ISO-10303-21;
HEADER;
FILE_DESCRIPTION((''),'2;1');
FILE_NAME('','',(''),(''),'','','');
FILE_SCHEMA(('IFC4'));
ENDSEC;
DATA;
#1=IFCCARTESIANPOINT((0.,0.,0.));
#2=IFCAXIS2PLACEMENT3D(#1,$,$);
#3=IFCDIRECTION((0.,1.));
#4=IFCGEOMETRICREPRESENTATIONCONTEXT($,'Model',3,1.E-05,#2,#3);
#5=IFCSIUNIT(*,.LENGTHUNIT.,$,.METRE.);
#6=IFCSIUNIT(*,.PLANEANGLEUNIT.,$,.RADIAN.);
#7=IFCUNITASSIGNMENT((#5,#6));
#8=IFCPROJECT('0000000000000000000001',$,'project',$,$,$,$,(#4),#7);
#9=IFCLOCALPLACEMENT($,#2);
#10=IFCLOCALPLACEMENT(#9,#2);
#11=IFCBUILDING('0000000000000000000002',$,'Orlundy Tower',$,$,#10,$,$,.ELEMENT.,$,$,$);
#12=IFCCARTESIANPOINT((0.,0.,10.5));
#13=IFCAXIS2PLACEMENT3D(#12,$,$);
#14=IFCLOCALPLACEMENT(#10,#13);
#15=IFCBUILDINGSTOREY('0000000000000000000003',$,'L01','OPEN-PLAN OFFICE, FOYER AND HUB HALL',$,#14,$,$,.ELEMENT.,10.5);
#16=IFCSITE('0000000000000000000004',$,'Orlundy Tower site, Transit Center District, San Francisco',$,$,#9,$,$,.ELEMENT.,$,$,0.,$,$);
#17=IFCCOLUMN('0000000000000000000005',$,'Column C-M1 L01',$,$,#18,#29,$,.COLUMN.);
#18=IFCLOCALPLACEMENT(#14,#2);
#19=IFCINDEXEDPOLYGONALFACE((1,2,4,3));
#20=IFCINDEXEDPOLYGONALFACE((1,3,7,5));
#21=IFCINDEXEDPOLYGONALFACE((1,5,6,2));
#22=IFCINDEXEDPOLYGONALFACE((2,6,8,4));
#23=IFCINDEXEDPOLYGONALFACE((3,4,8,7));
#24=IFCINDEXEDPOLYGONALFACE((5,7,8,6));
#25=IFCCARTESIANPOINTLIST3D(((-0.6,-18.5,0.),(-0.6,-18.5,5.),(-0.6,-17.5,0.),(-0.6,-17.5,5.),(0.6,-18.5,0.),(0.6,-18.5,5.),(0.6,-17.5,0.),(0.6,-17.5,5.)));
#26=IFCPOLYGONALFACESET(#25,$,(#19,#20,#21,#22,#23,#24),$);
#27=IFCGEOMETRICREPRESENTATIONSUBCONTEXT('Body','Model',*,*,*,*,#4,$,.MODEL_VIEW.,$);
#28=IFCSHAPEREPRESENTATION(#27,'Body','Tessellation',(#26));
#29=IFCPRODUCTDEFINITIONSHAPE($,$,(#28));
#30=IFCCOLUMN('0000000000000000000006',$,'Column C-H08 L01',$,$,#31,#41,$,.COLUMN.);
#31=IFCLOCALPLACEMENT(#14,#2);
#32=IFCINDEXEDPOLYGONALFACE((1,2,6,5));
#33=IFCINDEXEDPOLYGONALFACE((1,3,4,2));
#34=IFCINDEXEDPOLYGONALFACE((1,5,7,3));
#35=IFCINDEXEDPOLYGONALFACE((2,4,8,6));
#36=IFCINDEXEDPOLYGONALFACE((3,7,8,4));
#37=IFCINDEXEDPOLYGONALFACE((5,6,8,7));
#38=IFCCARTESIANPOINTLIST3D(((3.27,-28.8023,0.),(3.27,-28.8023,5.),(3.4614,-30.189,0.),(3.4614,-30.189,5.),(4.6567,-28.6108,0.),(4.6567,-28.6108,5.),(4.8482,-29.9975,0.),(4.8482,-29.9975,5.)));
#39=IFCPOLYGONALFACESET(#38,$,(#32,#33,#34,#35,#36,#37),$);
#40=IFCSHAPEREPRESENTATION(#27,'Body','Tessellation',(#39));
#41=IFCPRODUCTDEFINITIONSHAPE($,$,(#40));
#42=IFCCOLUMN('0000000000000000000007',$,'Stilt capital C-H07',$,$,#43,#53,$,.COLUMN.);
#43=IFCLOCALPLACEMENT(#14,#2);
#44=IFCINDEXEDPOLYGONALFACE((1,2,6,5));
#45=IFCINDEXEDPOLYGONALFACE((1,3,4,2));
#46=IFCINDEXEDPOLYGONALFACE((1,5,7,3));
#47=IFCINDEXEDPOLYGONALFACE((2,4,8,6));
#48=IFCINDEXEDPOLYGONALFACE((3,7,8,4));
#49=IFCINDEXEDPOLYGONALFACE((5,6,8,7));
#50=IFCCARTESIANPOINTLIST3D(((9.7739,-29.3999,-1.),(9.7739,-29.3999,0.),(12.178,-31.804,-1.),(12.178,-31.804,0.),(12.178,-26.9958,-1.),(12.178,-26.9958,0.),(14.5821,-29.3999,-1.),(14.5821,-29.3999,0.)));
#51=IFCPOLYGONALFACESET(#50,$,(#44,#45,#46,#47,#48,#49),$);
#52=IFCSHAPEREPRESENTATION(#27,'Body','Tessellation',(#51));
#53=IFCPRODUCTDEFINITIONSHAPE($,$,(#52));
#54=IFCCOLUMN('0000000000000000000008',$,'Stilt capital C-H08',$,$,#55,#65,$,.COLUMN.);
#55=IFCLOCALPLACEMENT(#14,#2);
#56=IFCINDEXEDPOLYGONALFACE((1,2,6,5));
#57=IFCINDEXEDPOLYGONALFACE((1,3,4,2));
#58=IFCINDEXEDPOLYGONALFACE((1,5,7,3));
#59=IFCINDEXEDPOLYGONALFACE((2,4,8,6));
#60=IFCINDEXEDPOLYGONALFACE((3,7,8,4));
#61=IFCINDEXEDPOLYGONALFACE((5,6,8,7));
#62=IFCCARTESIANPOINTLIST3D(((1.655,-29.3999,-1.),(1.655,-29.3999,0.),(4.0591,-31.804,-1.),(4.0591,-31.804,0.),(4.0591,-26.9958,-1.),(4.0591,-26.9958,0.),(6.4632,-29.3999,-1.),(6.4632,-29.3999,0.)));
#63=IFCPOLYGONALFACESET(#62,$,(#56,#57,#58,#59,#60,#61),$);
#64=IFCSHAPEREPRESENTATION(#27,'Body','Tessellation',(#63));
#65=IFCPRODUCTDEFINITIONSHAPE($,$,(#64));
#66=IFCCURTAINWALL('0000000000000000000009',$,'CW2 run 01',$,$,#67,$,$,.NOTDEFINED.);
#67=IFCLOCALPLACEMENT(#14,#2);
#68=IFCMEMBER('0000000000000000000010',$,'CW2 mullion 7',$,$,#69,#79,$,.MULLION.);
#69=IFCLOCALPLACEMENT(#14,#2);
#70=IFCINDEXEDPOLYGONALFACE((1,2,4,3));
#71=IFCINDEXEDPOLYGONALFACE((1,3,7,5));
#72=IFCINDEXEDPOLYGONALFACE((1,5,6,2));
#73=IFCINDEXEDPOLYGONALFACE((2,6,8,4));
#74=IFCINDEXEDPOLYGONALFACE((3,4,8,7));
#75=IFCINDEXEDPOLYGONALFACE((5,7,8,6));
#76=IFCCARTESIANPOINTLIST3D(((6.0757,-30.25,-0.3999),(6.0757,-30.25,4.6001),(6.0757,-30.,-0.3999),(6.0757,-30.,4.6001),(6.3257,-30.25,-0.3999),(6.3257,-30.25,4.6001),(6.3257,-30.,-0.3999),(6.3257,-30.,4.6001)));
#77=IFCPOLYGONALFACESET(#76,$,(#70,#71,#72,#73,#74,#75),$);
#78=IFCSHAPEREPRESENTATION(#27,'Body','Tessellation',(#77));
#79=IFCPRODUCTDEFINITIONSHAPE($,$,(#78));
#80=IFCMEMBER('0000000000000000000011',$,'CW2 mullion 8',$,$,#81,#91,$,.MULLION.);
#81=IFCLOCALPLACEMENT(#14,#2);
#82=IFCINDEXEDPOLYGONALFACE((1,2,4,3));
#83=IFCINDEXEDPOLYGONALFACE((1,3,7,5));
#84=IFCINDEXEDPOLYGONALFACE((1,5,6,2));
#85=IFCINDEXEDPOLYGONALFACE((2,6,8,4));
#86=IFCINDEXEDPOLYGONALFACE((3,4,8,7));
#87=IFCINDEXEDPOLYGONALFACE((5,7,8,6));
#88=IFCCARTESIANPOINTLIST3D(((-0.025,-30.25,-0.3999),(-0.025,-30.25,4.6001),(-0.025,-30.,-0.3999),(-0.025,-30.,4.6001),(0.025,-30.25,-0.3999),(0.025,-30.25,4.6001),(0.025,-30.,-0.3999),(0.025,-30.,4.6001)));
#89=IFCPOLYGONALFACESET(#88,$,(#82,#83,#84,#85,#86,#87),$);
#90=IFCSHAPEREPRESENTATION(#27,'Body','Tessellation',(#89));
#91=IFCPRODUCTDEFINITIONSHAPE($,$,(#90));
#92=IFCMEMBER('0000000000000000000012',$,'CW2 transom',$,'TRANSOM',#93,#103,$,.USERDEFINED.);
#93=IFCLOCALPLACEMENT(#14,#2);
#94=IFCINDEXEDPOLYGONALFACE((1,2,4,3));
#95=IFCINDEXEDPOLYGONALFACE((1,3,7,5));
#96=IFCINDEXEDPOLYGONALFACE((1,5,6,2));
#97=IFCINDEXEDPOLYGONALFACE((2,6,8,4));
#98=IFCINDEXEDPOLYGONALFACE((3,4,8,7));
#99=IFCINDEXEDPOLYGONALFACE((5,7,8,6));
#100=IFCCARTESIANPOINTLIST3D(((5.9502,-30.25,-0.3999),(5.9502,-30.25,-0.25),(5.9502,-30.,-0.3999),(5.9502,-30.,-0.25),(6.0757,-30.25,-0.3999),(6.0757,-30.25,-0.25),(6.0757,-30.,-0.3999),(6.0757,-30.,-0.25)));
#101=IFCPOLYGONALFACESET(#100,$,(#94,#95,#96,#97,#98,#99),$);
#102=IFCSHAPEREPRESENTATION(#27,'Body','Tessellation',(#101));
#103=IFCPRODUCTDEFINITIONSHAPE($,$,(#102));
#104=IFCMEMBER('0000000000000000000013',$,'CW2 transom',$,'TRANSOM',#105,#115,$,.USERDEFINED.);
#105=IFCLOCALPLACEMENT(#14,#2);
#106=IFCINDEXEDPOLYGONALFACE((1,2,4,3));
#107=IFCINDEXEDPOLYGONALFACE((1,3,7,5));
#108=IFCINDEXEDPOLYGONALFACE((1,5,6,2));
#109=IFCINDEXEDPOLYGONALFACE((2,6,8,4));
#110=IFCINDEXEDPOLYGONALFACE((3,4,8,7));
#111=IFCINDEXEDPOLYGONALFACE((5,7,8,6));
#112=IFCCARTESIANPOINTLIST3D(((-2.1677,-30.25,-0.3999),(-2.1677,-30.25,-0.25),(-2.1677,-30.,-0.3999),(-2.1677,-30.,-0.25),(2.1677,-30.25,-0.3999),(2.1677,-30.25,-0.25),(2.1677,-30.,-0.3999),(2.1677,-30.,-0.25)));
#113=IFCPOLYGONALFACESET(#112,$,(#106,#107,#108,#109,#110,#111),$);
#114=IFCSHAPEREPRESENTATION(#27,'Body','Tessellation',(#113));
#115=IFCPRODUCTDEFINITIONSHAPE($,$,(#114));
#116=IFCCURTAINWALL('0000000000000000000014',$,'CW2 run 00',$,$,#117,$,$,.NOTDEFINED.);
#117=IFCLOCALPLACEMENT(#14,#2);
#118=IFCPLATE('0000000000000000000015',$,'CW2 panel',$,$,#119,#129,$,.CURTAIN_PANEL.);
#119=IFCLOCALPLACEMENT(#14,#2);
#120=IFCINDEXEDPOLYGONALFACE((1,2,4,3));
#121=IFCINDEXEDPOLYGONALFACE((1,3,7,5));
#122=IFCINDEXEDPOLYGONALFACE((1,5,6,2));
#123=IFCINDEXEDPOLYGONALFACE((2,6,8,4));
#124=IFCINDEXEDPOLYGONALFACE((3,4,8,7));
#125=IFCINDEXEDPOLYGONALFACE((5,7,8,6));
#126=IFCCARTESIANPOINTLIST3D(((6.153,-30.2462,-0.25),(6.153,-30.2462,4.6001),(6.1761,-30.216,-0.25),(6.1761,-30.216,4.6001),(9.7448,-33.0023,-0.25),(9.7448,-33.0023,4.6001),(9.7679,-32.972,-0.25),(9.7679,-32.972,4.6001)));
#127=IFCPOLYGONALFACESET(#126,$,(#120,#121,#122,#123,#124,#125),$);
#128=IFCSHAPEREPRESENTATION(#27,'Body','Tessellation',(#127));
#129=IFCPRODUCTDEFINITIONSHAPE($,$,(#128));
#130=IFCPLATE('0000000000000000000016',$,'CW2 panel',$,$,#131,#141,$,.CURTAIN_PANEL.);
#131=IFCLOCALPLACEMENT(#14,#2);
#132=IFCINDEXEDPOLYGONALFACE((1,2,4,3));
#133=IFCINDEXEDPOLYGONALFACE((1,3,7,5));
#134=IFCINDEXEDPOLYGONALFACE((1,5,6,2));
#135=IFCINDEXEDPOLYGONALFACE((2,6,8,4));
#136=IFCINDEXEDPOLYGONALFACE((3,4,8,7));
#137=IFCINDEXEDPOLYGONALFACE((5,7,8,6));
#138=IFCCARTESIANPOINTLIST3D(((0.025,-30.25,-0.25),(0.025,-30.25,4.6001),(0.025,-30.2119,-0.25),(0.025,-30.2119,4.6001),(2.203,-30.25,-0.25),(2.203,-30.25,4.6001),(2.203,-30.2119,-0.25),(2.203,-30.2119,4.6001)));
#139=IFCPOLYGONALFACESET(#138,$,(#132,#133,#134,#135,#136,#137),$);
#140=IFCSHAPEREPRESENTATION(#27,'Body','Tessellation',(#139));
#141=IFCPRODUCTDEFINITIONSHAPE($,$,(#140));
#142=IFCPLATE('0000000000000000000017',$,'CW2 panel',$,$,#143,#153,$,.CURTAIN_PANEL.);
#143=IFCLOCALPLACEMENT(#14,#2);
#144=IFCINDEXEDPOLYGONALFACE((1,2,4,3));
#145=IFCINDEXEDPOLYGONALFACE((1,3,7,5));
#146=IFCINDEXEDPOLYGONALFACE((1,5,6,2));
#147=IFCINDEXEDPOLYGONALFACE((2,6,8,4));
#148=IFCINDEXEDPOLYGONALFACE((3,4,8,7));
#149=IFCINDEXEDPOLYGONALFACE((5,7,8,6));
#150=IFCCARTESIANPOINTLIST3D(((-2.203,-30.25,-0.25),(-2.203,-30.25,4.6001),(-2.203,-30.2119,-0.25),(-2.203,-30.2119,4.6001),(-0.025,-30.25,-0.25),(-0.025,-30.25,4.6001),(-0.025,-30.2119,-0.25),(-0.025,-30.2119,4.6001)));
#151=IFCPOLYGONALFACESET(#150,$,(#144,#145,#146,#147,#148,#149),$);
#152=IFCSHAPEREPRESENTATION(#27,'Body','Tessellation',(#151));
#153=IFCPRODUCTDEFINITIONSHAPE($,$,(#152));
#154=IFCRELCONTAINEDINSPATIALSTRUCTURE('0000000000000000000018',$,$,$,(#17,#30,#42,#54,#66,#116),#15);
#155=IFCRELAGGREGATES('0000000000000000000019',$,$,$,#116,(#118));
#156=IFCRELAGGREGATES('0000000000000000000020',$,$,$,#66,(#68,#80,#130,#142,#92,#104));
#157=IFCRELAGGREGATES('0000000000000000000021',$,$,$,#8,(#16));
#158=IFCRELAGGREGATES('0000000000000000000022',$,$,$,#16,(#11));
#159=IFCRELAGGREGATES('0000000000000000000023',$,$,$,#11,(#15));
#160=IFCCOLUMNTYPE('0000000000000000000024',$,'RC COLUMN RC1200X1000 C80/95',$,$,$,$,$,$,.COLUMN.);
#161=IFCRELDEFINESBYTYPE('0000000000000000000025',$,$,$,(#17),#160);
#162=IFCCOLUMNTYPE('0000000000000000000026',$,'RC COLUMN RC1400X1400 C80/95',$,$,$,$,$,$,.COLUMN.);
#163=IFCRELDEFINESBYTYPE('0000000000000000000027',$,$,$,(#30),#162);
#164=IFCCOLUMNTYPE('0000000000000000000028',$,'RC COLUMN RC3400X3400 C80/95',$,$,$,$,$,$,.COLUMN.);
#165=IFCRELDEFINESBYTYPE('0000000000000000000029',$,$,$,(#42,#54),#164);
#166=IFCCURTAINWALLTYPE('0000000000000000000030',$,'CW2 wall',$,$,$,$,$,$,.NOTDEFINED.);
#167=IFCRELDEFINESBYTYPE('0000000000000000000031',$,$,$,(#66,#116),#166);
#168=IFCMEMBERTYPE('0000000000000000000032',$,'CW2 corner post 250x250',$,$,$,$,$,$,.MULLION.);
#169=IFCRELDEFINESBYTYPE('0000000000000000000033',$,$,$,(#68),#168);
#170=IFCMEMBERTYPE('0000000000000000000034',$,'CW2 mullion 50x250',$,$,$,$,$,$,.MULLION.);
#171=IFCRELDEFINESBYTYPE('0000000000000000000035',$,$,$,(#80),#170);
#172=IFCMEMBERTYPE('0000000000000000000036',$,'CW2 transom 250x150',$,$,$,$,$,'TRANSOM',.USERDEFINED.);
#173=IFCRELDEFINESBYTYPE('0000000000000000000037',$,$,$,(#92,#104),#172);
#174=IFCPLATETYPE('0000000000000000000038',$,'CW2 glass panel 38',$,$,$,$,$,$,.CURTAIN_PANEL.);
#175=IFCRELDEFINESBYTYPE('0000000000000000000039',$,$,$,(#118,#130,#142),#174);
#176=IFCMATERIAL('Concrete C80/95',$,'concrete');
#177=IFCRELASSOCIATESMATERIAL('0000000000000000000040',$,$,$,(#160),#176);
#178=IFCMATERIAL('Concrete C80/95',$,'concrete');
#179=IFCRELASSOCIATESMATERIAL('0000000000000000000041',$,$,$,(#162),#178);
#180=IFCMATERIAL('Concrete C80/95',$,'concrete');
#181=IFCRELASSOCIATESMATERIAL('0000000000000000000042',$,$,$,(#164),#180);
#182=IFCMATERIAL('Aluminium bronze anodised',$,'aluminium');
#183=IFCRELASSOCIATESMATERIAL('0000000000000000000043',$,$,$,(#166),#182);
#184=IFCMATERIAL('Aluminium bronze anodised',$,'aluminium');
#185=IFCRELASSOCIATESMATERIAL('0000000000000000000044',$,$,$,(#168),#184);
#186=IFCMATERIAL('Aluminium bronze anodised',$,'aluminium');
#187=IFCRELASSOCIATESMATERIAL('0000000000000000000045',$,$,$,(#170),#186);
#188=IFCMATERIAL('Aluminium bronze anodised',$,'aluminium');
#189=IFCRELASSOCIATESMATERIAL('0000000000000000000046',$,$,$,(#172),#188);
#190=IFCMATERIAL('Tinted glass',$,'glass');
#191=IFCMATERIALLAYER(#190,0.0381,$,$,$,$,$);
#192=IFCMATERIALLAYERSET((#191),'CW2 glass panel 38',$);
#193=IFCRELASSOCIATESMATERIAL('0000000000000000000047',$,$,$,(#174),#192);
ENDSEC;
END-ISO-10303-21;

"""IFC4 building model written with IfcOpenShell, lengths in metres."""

from ifc_helpers import new_model, si_unit, direction, frame, origin, origin_2d, place, context, subcontext, project, spatial, rectangle, extrude, material, layer, layer_set, material_profile, profile_set, type_object, element, aggregate, save


model = new_model("IFC4")

# Units and contexts
model_context = context("Model", 3, precision=1e-05, world=origin(), true_north=direction((0.0, 1.0)))
body_context = subcontext(model_context, "Body", "Model", "MODEL_VIEW")
ifc_project = project(units=[si_unit("LENGTHUNIT", "METRE"), si_unit("PLANEANGLEUNIT", "RADIAN")], contexts=[model_context])

# Site, building, storey
site_placement = place(None, origin())
site = spatial("IfcSite", under=ifc_project, at=site_placement, Name="Orlundy Tower site, Transit Center District, San Francisco", CompositionType="ELEMENT", RefElevation=0.0)
building_placement = place(site_placement, origin())
building = spatial("IfcBuilding", under=site, at=building_placement, Name="Orlundy Tower", CompositionType="ELEMENT")
storey_placement = place(building_placement, frame((0.0, 0.0, 10.5)))
storey = spatial("IfcBuildingStorey", under=building, at=storey_placement, Name="L01", Description="OPEN-PLAN OFFICE, FOYER AND HUB HALL", CompositionType="ELEMENT", Elevation=10.5)

# Columns
ifc_material_1 = material(Name="Concrete C80/95", Category="concrete")
ifc_material_profile_1 = material_profile(ifc_material_1, rectangle(XDim=1.2, YDim=1.0, at=origin_2d()), Name="RC1200X1000")
ifc_profile_set_1 = profile_set([ifc_material_profile_1], Name="Concrete C80/95")
column_type_1 = type_object("IfcColumnType", Name="RC COLUMN RC1200X1000 C80/95", PredefinedType="COLUMN", material=ifc_profile_set_1)
column_1_placement = place(storey_placement, frame((0.0, -18.0, 0.0), z_axis=(0.0, 0.0, 1.0), x_axis=(1.0, 0.0, 0.0)))
element("IfcColumn", 1, at=column_1_placement, inside=storey, type_object=column_type_1, Name="Column C-M1 L01", PredefinedType="COLUMN", context=body_context, shape_type="SweptSolid", body=[
    extrude(rectangle(XDim=1.2, YDim=1.0, at=origin_2d()), origin(), (0.0, 0.0, 1.0), 5.0),
])
ifc_material_2 = material(Name="Concrete C80/95", Category="concrete")
ifc_material_profile_2 = material_profile(ifc_material_2, rectangle(XDim=1.3999, YDim=1.3999, at=origin_2d()), Name="RC1400X1400")
ifc_profile_set_2 = profile_set([ifc_material_profile_2], Name="Concrete C80/95")
column_type_2 = type_object("IfcColumnType", Name="RC COLUMN RC1400X1400 C80/95", PredefinedType="COLUMN", material=ifc_profile_set_2)
column_2_placement = place(storey_placement, frame((4.0591, -29.3999, 0.0), z_axis=(0.0, 0.0, 1.0), x_axis=(0.13677, -0.990603, 0.0)))
element("IfcColumn", 2, at=column_2_placement, inside=storey, type_object=column_type_2, Name="Column C-H08 L01", PredefinedType="COLUMN", context=body_context, shape_type="SweptSolid", body=[
    extrude(rectangle(XDim=1.3999, YDim=1.3999, at=origin_2d()), origin(), (0.0, 0.0, 1.0), 5.0),
])
ifc_material_3 = material(Name="Concrete C80/95", Category="concrete")
ifc_material_profile_3 = material_profile(ifc_material_3, rectangle(XDim=3.3999, YDim=3.3999, at=origin_2d()), Name="RC3400X3400")
ifc_profile_set_3 = profile_set([ifc_material_profile_3], Name="Concrete C80/95")
column_type_3 = type_object("IfcColumnType", Name="RC COLUMN RC3400X3400 C80/95", PredefinedType="COLUMN", material=ifc_profile_set_3)
for number, where, z_axis, x_axis, name in (
    (3, (12.178, -29.3999, -1.0), (0.0, 0.0, 1.0), (0.707107, 0.707107, 0.0), "Stilt capital C-H07"),
    (4, (4.0591, -29.3999, -1.0), (0.0, 0.0, 1.0), (0.707107, 0.707107, 0.0), "Stilt capital C-H08"),
):
    element("IfcColumn", number, at=place(storey_placement, frame(where, z_axis=z_axis, x_axis=x_axis)), inside=storey, type_object=column_type_3, Name=name, PredefinedType="COLUMN", context=body_context, shape_type="SweptSolid", body=[
        extrude(rectangle(XDim=3.3999, YDim=3.3999, at=origin_2d()), origin(), (0.0, 0.0, 1.0), 1.0),
    ])

# Curtain wall, members
ifc_material_4 = material(Name="Aluminium bronze anodised", Category="aluminium")
curtain_wall_type = type_object("IfcCurtainWallType", Name="CW2 wall", PredefinedType="NOTDEFINED", material=ifc_material_4)
curtain_wall_1_placement = place(storey_placement, origin())
curtain_wall_1 = element("IfcCurtainWall", 5, at=curtain_wall_1_placement, inside=storey, type_object=curtain_wall_type, Name="CW2 run 01", PredefinedType="NOTDEFINED")
ifc_material_5 = material(Name="Aluminium bronze anodised", Category="aluminium")
ifc_material_profile_4 = material_profile(ifc_material_5, rectangle(XDim=0.25, YDim=0.25, at=origin_2d()), Name="CW2 corner post 250x250")
ifc_profile_set_4 = profile_set([ifc_material_profile_4], Name="Aluminium bronze anodised")
member_type_1 = type_object("IfcMemberType", Name="CW2 corner post 250x250", PredefinedType="MULLION", material=ifc_profile_set_4)
member_1_placement = place(storey_placement, frame((6.2007, -30.125, -0.3999), z_axis=(0.0, 0.0, 1.0), x_axis=(0.0, -1.0, 0.0)))
member_1 = element("IfcMember", 6, at=member_1_placement, type_object=member_type_1, Name="CW2 mullion 7", PredefinedType="MULLION", context=body_context, shape_type="SweptSolid", body=[
    extrude(rectangle(XDim=0.25, YDim=0.25, at=origin_2d()), origin(), (0.0, 0.0, 1.0), 5.0),
])
ifc_material_6 = material(Name="Aluminium bronze anodised", Category="aluminium")
ifc_material_profile_5 = material_profile(ifc_material_6, rectangle(XDim=0.25, YDim=0.05, at=origin_2d()), Name="CW2 mullion 50x250")
ifc_profile_set_5 = profile_set([ifc_material_profile_5], Name="Aluminium bronze anodised")
member_type_2 = type_object("IfcMemberType", Name="CW2 mullion 50x250", PredefinedType="MULLION", material=ifc_profile_set_5)
member_2_placement = place(storey_placement, frame((0.0, -30.125, -0.3999), z_axis=(0.0, 0.0, 1.0), x_axis=(0.0, -1.0, 0.0)))
member_2 = element("IfcMember", 7, at=member_2_placement, type_object=member_type_2, Name="CW2 mullion 8", PredefinedType="MULLION", context=body_context, shape_type="SweptSolid", body=[
    extrude(rectangle(XDim=0.25, YDim=0.05, at=origin_2d()), origin(), (0.0, 0.0, 1.0), 5.0),
])
ifc_material_7 = material(Name="Aluminium bronze anodised", Category="aluminium")
ifc_material_profile_6 = material_profile(ifc_material_7, rectangle(XDim=0.25, YDim=0.1499, at=origin_2d()), Name="CW2 transom 250x150")
ifc_profile_set_6 = profile_set([ifc_material_profile_6], Name="Aluminium bronze anodised")
member_type_3 = type_object("IfcMemberType", Name="CW2 transom 250x150", ElementType="TRANSOM", PredefinedType="USERDEFINED", material=ifc_profile_set_6)
member_3_placement = place(storey_placement, frame((6.0757, -30.125, -0.325), z_axis=(-1.0, 0.0, 0.0), x_axis=(0.0, -1.0, 0.0)))
member_3 = element("IfcMember", 8, at=member_3_placement, type_object=member_type_3, Name="CW2 transom", ObjectType="TRANSOM", PredefinedType="USERDEFINED", context=body_context, shape_type="SweptSolid", body=[
    extrude(rectangle(XDim=0.25, YDim=0.1499, at=origin_2d()), origin(), (0.0, 0.0, 1.0), 0.1255),
])
member_4_placement = place(storey_placement, frame((2.1677, -30.125, -0.325), z_axis=(-1.0, 0.0, 0.0), x_axis=(0.0, -1.0, 0.0)))
member_4 = element("IfcMember", 9, at=member_4_placement, type_object=member_type_3, Name="CW2 transom", ObjectType="TRANSOM", PredefinedType="USERDEFINED", context=body_context, shape_type="SweptSolid", body=[
    extrude(rectangle(XDim=0.25, YDim=0.1499, at=origin_2d()), origin(), (0.0, 0.0, 1.0), 4.3354),
])

# Curtain wall, plate
curtain_wall_2_placement = place(storey_placement, origin())
curtain_wall_2 = element("IfcCurtainWall", 10, at=curtain_wall_2_placement, inside=storey, type_object=curtain_wall_type, Name="CW2 run 00", PredefinedType="NOTDEFINED")
ifc_material_8 = material(Name="Tinted glass", Category="glass")
ifc_layer_1 = layer(ifc_material_8, 0.0381)
ifc_layer_set_1 = layer_set([ifc_layer_1], Name="CW2 glass panel 38")
plate_type = type_object("IfcPlateType", Name="CW2 glass panel 38", PredefinedType="CURTAIN_PANEL", material=ifc_layer_set_1)
plate_1_placement = place(storey_placement, frame((7.9604, -31.6091, -0.25), z_axis=(0.0, 0.0, 1.0), x_axis=(-0.793357, 0.608757, 0.0)))
plate_1 = element("IfcPlate", 11, at=plate_1_placement, type_object=plate_type, Name="CW2 panel", PredefinedType="CURTAIN_PANEL", context=body_context, shape_type="SweptSolid", body=[
    extrude(rectangle(XDim=4.5273, YDim=0.0381, at=origin_2d()), origin(), (0.0, 0.0, 1.0), 4.8501),
])
aggregate(curtain_wall_2, [plate_1])

# Plates
plate_2_placement = place(storey_placement, frame((1.114, -30.231, -0.25), z_axis=(0.0, 0.0, 1.0), x_axis=(-1.0, 0.0, 0.0)))
plate_2 = element("IfcPlate", 12, at=plate_2_placement, type_object=plate_type, Name="CW2 panel", PredefinedType="CURTAIN_PANEL", context=body_context, shape_type="SweptSolid", body=[
    extrude(rectangle(XDim=2.178, YDim=0.0381, at=origin_2d()), origin(), (0.0, 0.0, 1.0), 4.8501),
])
plate_3_placement = place(storey_placement, frame((-1.114, -30.231, -0.25), z_axis=(0.0, 0.0, 1.0), x_axis=(-1.0, 0.0, 0.0)))
plate_3 = element("IfcPlate", 13, at=plate_3_placement, type_object=plate_type, Name="CW2 panel", PredefinedType="CURTAIN_PANEL", context=body_context, shape_type="SweptSolid", body=[
    extrude(rectangle(XDim=2.178, YDim=0.0381, at=origin_2d()), origin(), (0.0, 0.0, 1.0), 4.8501),
])
aggregate(curtain_wall_1, [member_1, member_2, plate_2, plate_3, member_3, member_4])

save(model, "model.ifc")
